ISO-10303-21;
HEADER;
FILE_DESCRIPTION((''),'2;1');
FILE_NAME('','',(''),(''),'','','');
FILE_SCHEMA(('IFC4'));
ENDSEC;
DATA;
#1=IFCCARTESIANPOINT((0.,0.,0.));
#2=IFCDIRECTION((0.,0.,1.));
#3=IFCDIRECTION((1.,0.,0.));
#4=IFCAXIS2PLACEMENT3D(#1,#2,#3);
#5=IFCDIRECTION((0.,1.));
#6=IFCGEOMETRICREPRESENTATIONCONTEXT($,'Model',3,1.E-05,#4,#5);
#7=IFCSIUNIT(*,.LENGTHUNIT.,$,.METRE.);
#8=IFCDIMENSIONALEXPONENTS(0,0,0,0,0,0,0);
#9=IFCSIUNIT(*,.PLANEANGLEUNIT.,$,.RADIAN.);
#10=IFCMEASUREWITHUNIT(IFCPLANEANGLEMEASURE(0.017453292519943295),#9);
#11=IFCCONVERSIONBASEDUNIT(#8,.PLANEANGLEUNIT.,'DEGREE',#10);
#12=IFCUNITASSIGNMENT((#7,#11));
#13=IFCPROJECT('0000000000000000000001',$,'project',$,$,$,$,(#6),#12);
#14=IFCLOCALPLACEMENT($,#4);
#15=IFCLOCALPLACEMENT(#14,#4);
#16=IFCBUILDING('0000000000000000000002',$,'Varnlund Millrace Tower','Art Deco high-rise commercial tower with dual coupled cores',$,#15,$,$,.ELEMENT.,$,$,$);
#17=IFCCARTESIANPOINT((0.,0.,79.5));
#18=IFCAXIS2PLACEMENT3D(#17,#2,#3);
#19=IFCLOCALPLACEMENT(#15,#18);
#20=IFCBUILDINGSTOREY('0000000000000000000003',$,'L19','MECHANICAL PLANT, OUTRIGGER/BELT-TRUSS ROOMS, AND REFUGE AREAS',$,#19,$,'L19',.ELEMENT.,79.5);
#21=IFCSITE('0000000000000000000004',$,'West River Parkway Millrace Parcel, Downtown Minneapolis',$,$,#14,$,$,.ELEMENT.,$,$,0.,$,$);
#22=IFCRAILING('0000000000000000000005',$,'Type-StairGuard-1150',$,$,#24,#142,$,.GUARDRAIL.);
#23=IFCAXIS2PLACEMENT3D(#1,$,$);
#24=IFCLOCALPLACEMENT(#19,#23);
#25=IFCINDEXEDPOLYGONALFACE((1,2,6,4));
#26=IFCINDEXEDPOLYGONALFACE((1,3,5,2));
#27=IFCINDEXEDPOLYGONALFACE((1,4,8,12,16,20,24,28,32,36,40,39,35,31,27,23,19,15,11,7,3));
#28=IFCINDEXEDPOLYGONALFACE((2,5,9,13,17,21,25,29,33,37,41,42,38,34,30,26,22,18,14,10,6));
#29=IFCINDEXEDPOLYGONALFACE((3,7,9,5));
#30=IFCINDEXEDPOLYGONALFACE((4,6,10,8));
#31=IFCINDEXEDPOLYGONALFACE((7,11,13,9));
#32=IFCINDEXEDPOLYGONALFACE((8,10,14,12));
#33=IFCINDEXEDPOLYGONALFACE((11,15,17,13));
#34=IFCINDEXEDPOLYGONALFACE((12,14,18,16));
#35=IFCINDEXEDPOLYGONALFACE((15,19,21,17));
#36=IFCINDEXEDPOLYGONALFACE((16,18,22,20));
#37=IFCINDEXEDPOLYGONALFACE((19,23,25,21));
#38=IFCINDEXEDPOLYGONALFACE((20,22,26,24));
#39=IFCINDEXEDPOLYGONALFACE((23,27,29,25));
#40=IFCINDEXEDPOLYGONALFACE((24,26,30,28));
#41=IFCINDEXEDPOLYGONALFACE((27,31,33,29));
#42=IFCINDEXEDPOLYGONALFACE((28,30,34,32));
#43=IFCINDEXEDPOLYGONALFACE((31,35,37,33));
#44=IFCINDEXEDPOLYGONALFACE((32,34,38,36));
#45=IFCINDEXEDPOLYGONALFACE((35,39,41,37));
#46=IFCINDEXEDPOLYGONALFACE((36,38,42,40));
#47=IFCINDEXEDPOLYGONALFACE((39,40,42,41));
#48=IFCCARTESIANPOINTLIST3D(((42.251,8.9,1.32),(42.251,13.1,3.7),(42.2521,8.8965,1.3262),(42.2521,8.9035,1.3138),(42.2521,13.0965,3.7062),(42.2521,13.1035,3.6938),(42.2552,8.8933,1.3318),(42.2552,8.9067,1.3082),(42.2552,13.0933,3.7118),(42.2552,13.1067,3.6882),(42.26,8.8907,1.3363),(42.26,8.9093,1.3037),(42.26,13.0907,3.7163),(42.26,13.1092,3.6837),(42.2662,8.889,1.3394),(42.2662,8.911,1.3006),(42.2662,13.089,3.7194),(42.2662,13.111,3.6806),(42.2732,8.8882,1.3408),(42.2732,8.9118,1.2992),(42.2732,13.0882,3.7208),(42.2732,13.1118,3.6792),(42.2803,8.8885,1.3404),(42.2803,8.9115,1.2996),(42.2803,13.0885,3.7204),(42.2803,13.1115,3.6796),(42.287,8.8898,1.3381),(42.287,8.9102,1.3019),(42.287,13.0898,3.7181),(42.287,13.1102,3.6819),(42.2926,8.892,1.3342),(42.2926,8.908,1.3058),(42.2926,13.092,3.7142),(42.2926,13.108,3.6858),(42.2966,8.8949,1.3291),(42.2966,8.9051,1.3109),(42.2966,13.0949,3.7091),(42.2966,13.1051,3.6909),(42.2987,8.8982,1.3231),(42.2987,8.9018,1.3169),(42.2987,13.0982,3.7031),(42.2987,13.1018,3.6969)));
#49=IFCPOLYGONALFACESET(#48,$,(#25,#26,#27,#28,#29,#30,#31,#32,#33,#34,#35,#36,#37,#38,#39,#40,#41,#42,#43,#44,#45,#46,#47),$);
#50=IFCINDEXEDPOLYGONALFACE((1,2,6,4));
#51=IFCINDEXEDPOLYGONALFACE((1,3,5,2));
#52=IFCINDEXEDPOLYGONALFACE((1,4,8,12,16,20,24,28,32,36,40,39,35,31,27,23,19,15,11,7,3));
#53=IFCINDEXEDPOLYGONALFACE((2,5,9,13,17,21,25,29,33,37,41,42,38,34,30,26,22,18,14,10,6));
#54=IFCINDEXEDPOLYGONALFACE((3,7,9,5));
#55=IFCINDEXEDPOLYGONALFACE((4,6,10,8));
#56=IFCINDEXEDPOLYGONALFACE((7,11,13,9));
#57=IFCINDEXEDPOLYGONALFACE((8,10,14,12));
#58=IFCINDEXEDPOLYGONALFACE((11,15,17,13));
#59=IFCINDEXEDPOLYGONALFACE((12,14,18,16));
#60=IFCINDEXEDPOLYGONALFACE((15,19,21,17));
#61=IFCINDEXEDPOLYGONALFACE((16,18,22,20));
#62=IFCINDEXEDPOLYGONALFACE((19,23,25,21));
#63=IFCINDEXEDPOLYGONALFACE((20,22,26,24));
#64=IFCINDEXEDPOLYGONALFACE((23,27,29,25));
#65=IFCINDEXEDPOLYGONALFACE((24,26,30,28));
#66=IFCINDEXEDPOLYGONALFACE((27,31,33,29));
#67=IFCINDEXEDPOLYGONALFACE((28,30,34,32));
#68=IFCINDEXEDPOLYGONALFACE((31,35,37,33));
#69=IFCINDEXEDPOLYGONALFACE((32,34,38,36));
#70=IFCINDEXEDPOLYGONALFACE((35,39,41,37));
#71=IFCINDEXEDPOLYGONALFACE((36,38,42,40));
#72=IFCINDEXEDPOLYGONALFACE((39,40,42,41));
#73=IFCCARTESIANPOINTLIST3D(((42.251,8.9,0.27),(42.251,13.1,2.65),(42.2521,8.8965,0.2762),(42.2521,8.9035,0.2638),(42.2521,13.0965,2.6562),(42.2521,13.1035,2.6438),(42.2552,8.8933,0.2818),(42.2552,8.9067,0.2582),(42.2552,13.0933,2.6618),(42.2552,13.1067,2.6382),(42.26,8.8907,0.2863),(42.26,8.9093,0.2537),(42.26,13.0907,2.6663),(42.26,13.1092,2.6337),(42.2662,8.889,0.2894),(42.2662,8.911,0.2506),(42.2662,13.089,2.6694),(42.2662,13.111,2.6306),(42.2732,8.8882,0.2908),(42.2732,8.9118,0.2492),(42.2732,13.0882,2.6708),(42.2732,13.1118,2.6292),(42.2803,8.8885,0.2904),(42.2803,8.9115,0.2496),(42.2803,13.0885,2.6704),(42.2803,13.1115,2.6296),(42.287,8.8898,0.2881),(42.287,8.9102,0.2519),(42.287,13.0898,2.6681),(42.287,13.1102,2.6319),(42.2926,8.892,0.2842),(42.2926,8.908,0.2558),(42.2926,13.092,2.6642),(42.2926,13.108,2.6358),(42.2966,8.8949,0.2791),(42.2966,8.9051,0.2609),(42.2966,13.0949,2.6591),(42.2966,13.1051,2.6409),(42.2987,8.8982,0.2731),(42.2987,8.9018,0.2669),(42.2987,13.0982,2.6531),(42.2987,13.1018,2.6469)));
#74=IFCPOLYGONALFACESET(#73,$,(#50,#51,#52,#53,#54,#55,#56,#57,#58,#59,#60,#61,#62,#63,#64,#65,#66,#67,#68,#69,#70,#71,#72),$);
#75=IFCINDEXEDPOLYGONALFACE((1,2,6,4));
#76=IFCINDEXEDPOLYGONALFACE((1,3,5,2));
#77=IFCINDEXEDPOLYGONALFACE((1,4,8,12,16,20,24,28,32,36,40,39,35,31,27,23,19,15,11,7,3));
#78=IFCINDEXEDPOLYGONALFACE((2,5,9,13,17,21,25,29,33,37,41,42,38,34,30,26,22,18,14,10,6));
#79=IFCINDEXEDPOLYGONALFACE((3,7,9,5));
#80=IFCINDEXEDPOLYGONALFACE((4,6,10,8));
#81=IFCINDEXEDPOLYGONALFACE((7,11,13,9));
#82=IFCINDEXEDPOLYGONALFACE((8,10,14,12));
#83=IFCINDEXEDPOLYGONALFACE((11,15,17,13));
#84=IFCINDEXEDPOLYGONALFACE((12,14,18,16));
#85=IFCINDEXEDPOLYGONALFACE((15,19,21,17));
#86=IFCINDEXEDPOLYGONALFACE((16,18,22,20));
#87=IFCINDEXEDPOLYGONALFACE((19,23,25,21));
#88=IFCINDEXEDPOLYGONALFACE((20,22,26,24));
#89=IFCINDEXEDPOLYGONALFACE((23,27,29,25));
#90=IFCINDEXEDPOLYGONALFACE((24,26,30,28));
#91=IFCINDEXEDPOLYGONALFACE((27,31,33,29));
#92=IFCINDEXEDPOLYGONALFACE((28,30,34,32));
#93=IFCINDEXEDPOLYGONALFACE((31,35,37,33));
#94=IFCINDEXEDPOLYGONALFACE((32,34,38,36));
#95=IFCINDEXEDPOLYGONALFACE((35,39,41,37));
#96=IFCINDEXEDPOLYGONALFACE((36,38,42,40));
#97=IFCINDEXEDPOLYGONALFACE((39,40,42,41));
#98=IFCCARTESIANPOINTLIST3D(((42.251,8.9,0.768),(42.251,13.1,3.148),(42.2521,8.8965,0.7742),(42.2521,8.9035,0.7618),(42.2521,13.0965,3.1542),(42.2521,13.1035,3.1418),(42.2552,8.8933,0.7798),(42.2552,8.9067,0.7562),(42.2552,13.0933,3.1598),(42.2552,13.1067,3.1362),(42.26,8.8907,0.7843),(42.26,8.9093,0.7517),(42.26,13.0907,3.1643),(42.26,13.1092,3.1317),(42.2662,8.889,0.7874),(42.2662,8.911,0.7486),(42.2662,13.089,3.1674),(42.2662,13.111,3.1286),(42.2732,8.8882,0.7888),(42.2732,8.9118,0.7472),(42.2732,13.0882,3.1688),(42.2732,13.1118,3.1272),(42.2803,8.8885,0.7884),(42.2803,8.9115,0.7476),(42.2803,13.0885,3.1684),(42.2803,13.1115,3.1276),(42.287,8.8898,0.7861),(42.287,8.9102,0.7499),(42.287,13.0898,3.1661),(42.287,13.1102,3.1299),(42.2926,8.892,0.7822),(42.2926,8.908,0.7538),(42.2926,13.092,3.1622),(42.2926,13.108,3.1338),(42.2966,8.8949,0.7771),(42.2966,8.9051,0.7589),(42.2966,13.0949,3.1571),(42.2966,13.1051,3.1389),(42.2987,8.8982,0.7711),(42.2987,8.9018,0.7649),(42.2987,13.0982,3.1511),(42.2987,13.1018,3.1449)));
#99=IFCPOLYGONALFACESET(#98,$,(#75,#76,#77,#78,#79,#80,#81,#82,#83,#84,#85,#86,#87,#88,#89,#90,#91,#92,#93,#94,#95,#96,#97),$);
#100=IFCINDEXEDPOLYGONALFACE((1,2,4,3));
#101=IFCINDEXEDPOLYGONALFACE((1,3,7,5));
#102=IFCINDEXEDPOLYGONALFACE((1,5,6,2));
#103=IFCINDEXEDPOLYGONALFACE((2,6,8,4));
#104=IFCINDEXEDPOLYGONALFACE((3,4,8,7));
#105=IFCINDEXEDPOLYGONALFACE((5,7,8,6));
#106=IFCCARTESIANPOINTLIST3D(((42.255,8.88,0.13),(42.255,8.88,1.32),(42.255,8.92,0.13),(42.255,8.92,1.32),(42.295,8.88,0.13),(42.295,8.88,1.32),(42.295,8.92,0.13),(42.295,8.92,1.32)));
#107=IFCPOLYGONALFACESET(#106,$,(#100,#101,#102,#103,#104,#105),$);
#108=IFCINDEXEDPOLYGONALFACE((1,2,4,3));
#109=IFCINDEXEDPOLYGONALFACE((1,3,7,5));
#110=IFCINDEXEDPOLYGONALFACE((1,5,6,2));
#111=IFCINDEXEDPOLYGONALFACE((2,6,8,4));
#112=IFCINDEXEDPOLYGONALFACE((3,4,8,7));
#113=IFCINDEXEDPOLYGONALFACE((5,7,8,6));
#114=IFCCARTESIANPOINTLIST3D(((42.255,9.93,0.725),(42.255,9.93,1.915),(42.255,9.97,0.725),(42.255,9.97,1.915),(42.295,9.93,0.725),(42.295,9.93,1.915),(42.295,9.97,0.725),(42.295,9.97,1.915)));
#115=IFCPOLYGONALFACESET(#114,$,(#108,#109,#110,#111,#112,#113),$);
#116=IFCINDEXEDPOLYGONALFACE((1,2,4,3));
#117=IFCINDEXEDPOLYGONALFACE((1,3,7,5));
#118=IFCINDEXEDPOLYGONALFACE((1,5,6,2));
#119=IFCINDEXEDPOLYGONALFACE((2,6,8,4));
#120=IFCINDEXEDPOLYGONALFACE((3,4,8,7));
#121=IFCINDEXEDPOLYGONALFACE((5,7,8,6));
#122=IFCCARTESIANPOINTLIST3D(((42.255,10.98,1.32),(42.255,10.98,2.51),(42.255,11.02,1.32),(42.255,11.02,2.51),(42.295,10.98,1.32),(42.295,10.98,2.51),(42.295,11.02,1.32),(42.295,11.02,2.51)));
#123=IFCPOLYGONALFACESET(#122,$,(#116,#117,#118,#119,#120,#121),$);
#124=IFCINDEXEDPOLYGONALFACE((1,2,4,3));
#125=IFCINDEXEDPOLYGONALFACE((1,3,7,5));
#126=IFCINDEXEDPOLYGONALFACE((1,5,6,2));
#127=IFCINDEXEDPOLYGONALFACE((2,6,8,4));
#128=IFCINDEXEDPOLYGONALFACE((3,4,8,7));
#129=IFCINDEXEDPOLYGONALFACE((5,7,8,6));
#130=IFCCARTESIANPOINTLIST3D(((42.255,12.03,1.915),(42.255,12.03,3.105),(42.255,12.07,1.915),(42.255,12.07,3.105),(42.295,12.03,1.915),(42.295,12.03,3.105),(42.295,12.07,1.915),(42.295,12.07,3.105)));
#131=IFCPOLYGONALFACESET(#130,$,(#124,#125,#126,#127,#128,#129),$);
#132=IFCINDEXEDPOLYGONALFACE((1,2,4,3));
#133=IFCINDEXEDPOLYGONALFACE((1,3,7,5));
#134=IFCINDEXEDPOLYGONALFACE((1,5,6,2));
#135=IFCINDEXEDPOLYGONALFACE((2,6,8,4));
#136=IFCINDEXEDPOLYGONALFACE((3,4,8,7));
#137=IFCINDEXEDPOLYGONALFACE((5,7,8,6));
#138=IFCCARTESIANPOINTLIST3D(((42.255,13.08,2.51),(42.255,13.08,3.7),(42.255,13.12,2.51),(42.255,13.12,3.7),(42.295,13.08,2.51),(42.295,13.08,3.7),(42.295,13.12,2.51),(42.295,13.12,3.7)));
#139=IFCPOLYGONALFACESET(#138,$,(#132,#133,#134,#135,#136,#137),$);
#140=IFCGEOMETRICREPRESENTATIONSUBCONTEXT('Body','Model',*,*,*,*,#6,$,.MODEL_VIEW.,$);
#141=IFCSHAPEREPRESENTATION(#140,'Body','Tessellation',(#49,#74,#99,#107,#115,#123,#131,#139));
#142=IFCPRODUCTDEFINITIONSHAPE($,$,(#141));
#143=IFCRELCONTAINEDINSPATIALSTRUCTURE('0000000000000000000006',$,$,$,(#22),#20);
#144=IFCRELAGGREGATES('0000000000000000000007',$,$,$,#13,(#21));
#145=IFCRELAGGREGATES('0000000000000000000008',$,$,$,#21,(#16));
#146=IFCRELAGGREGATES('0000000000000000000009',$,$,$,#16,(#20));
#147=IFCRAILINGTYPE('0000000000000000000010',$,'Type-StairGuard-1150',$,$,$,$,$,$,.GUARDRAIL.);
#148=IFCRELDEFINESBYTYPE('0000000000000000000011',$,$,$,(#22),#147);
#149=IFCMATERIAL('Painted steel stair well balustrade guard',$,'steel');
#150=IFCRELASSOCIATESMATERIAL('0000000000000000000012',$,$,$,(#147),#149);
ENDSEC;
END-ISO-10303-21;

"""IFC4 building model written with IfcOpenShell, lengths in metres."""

from ifc_helpers import new_model, entity, si_unit, converted_unit, direction, frame, origin_with_axes, origin_2d_with_axis, place, context, subcontext, project, spatial, rectangle, circle, extrude, material, type_object, element, save


model = new_model("IFC4")

# Units and contexts
model_context = context("Model", 3, precision=1e-05, world=origin_with_axes(), true_north=direction((0.0, 1.0)))
body_context = subcontext(model_context, "Body", "Model", "MODEL_VIEW")
ifc_project = project(units=[si_unit("LENGTHUNIT", "METRE"), converted_unit("PLANEANGLEUNIT", "DEGREE", entity("IfcPlaneAngleMeasure", 0.017453292519943295), si_unit("PLANEANGLEUNIT", "RADIAN"), dimensions=[0, 0, 0, 0, 0, 0, 0])], contexts=[model_context])

# Site, building, storey
site_placement = place(None, origin_with_axes())
site = spatial("IfcSite", under=ifc_project, at=site_placement, Name="West River Parkway Millrace Parcel, Downtown Minneapolis", CompositionType="ELEMENT", RefElevation=0.0)
building_placement = place(site_placement, origin_with_axes())
building = spatial("IfcBuilding", under=site, at=building_placement, Name="Varnlund Millrace Tower", Description="Art Deco high-rise commercial tower with dual coupled cores", CompositionType="ELEMENT")
storey_placement = place(building_placement, frame((0.0, 0.0, 79.5), z_axis=(0.0, 0.0, 1.0), x_axis=(1.0, 0.0, 0.0)))
storey = spatial("IfcBuildingStorey", under=building, at=storey_placement, Name="L19", Description="MECHANICAL PLANT, OUTRIGGER/BELT-TRUSS ROOMS, AND REFUGE AREAS", LongName="L19", CompositionType="ELEMENT", Elevation=79.5)

# Railing
ifc_material_1 = material(Name="Painted steel stair well balustrade guard", Category="steel")
railing_type_1 = type_object("IfcRailingType", Name="Type-StairGuard-1150", PredefinedType="GUARDRAIL", material=ifc_material_1)
railing_1_placement = place(storey_placement, frame((0.0, 0.0, -79.5), z_axis=(0.0, 0.0, 1.0), x_axis=(1.0, 0.0, 0.0)))
element("IfcRailing", 1, at=railing_1_placement, inside=storey, type_object=railing_type_1, Name="Type-StairGuard-1150", PredefinedType="GUARDRAIL", context=body_context, shape_type="SweptSolid", body=[
    extrude(circle(Radius=0.024, at=origin_2d_with_axis()), frame((42.275, 8.9, 80.82), z_axis=(0.0, 0.870022, 0.493013), x_axis=(-1.0, 0.0, 0.0)), (0.0, 0.0, 1.0), 4.8275),
    extrude(circle(Radius=0.024, at=origin_2d_with_axis()), frame((42.275, 8.9, 79.77), z_axis=(0.0, 0.870022, 0.493013), x_axis=(-1.0, 0.0, 0.0)), (0.0, 0.0, 1.0), 4.8275),
    extrude(circle(Radius=0.024, at=origin_2d_with_axis()), frame((42.275, 8.9, 80.268), z_axis=(0.0, 0.870022, 0.493013), x_axis=(-1.0, 0.0, 0.0)), (0.0, 0.0, 1.0), 4.8275),
    extrude(rectangle(XDim=0.04, YDim=0.04, at=origin_2d_with_axis()), frame((42.275, 8.9, 79.63), z_axis=(0.0, 0.0, 1.0), x_axis=(1.0, 0.0, 0.0)), (0.0, 0.0, 1.0), 1.19),
    extrude(rectangle(XDim=0.04, YDim=0.04, at=origin_2d_with_axis()), frame((42.275, 9.95, 80.225), z_axis=(0.0, 0.0, 1.0), x_axis=(1.0, 0.0, 0.0)), (0.0, 0.0, 1.0), 1.19),
    extrude(rectangle(XDim=0.04, YDim=0.04, at=origin_2d_with_axis()), frame((42.275, 11.0, 80.82), z_axis=(0.0, 0.0, 1.0), x_axis=(1.0, 0.0, 0.0)), (0.0, 0.0, 1.0), 1.19),
    extrude(rectangle(XDim=0.04, YDim=0.04, at=origin_2d_with_axis()), frame((42.275, 12.05, 81.415), z_axis=(0.0, 0.0, 1.0), x_axis=(1.0, 0.0, 0.0)), (0.0, 0.0, 1.0), 1.19),
    extrude(rectangle(XDim=0.04, YDim=0.04, at=origin_2d_with_axis()), frame((42.275, 13.1, 82.01), z_axis=(0.0, 0.0, 1.0), x_axis=(1.0, 0.0, 0.0)), (0.0, 0.0, 1.0), 1.19),
])

save(model, "model.ifc")
